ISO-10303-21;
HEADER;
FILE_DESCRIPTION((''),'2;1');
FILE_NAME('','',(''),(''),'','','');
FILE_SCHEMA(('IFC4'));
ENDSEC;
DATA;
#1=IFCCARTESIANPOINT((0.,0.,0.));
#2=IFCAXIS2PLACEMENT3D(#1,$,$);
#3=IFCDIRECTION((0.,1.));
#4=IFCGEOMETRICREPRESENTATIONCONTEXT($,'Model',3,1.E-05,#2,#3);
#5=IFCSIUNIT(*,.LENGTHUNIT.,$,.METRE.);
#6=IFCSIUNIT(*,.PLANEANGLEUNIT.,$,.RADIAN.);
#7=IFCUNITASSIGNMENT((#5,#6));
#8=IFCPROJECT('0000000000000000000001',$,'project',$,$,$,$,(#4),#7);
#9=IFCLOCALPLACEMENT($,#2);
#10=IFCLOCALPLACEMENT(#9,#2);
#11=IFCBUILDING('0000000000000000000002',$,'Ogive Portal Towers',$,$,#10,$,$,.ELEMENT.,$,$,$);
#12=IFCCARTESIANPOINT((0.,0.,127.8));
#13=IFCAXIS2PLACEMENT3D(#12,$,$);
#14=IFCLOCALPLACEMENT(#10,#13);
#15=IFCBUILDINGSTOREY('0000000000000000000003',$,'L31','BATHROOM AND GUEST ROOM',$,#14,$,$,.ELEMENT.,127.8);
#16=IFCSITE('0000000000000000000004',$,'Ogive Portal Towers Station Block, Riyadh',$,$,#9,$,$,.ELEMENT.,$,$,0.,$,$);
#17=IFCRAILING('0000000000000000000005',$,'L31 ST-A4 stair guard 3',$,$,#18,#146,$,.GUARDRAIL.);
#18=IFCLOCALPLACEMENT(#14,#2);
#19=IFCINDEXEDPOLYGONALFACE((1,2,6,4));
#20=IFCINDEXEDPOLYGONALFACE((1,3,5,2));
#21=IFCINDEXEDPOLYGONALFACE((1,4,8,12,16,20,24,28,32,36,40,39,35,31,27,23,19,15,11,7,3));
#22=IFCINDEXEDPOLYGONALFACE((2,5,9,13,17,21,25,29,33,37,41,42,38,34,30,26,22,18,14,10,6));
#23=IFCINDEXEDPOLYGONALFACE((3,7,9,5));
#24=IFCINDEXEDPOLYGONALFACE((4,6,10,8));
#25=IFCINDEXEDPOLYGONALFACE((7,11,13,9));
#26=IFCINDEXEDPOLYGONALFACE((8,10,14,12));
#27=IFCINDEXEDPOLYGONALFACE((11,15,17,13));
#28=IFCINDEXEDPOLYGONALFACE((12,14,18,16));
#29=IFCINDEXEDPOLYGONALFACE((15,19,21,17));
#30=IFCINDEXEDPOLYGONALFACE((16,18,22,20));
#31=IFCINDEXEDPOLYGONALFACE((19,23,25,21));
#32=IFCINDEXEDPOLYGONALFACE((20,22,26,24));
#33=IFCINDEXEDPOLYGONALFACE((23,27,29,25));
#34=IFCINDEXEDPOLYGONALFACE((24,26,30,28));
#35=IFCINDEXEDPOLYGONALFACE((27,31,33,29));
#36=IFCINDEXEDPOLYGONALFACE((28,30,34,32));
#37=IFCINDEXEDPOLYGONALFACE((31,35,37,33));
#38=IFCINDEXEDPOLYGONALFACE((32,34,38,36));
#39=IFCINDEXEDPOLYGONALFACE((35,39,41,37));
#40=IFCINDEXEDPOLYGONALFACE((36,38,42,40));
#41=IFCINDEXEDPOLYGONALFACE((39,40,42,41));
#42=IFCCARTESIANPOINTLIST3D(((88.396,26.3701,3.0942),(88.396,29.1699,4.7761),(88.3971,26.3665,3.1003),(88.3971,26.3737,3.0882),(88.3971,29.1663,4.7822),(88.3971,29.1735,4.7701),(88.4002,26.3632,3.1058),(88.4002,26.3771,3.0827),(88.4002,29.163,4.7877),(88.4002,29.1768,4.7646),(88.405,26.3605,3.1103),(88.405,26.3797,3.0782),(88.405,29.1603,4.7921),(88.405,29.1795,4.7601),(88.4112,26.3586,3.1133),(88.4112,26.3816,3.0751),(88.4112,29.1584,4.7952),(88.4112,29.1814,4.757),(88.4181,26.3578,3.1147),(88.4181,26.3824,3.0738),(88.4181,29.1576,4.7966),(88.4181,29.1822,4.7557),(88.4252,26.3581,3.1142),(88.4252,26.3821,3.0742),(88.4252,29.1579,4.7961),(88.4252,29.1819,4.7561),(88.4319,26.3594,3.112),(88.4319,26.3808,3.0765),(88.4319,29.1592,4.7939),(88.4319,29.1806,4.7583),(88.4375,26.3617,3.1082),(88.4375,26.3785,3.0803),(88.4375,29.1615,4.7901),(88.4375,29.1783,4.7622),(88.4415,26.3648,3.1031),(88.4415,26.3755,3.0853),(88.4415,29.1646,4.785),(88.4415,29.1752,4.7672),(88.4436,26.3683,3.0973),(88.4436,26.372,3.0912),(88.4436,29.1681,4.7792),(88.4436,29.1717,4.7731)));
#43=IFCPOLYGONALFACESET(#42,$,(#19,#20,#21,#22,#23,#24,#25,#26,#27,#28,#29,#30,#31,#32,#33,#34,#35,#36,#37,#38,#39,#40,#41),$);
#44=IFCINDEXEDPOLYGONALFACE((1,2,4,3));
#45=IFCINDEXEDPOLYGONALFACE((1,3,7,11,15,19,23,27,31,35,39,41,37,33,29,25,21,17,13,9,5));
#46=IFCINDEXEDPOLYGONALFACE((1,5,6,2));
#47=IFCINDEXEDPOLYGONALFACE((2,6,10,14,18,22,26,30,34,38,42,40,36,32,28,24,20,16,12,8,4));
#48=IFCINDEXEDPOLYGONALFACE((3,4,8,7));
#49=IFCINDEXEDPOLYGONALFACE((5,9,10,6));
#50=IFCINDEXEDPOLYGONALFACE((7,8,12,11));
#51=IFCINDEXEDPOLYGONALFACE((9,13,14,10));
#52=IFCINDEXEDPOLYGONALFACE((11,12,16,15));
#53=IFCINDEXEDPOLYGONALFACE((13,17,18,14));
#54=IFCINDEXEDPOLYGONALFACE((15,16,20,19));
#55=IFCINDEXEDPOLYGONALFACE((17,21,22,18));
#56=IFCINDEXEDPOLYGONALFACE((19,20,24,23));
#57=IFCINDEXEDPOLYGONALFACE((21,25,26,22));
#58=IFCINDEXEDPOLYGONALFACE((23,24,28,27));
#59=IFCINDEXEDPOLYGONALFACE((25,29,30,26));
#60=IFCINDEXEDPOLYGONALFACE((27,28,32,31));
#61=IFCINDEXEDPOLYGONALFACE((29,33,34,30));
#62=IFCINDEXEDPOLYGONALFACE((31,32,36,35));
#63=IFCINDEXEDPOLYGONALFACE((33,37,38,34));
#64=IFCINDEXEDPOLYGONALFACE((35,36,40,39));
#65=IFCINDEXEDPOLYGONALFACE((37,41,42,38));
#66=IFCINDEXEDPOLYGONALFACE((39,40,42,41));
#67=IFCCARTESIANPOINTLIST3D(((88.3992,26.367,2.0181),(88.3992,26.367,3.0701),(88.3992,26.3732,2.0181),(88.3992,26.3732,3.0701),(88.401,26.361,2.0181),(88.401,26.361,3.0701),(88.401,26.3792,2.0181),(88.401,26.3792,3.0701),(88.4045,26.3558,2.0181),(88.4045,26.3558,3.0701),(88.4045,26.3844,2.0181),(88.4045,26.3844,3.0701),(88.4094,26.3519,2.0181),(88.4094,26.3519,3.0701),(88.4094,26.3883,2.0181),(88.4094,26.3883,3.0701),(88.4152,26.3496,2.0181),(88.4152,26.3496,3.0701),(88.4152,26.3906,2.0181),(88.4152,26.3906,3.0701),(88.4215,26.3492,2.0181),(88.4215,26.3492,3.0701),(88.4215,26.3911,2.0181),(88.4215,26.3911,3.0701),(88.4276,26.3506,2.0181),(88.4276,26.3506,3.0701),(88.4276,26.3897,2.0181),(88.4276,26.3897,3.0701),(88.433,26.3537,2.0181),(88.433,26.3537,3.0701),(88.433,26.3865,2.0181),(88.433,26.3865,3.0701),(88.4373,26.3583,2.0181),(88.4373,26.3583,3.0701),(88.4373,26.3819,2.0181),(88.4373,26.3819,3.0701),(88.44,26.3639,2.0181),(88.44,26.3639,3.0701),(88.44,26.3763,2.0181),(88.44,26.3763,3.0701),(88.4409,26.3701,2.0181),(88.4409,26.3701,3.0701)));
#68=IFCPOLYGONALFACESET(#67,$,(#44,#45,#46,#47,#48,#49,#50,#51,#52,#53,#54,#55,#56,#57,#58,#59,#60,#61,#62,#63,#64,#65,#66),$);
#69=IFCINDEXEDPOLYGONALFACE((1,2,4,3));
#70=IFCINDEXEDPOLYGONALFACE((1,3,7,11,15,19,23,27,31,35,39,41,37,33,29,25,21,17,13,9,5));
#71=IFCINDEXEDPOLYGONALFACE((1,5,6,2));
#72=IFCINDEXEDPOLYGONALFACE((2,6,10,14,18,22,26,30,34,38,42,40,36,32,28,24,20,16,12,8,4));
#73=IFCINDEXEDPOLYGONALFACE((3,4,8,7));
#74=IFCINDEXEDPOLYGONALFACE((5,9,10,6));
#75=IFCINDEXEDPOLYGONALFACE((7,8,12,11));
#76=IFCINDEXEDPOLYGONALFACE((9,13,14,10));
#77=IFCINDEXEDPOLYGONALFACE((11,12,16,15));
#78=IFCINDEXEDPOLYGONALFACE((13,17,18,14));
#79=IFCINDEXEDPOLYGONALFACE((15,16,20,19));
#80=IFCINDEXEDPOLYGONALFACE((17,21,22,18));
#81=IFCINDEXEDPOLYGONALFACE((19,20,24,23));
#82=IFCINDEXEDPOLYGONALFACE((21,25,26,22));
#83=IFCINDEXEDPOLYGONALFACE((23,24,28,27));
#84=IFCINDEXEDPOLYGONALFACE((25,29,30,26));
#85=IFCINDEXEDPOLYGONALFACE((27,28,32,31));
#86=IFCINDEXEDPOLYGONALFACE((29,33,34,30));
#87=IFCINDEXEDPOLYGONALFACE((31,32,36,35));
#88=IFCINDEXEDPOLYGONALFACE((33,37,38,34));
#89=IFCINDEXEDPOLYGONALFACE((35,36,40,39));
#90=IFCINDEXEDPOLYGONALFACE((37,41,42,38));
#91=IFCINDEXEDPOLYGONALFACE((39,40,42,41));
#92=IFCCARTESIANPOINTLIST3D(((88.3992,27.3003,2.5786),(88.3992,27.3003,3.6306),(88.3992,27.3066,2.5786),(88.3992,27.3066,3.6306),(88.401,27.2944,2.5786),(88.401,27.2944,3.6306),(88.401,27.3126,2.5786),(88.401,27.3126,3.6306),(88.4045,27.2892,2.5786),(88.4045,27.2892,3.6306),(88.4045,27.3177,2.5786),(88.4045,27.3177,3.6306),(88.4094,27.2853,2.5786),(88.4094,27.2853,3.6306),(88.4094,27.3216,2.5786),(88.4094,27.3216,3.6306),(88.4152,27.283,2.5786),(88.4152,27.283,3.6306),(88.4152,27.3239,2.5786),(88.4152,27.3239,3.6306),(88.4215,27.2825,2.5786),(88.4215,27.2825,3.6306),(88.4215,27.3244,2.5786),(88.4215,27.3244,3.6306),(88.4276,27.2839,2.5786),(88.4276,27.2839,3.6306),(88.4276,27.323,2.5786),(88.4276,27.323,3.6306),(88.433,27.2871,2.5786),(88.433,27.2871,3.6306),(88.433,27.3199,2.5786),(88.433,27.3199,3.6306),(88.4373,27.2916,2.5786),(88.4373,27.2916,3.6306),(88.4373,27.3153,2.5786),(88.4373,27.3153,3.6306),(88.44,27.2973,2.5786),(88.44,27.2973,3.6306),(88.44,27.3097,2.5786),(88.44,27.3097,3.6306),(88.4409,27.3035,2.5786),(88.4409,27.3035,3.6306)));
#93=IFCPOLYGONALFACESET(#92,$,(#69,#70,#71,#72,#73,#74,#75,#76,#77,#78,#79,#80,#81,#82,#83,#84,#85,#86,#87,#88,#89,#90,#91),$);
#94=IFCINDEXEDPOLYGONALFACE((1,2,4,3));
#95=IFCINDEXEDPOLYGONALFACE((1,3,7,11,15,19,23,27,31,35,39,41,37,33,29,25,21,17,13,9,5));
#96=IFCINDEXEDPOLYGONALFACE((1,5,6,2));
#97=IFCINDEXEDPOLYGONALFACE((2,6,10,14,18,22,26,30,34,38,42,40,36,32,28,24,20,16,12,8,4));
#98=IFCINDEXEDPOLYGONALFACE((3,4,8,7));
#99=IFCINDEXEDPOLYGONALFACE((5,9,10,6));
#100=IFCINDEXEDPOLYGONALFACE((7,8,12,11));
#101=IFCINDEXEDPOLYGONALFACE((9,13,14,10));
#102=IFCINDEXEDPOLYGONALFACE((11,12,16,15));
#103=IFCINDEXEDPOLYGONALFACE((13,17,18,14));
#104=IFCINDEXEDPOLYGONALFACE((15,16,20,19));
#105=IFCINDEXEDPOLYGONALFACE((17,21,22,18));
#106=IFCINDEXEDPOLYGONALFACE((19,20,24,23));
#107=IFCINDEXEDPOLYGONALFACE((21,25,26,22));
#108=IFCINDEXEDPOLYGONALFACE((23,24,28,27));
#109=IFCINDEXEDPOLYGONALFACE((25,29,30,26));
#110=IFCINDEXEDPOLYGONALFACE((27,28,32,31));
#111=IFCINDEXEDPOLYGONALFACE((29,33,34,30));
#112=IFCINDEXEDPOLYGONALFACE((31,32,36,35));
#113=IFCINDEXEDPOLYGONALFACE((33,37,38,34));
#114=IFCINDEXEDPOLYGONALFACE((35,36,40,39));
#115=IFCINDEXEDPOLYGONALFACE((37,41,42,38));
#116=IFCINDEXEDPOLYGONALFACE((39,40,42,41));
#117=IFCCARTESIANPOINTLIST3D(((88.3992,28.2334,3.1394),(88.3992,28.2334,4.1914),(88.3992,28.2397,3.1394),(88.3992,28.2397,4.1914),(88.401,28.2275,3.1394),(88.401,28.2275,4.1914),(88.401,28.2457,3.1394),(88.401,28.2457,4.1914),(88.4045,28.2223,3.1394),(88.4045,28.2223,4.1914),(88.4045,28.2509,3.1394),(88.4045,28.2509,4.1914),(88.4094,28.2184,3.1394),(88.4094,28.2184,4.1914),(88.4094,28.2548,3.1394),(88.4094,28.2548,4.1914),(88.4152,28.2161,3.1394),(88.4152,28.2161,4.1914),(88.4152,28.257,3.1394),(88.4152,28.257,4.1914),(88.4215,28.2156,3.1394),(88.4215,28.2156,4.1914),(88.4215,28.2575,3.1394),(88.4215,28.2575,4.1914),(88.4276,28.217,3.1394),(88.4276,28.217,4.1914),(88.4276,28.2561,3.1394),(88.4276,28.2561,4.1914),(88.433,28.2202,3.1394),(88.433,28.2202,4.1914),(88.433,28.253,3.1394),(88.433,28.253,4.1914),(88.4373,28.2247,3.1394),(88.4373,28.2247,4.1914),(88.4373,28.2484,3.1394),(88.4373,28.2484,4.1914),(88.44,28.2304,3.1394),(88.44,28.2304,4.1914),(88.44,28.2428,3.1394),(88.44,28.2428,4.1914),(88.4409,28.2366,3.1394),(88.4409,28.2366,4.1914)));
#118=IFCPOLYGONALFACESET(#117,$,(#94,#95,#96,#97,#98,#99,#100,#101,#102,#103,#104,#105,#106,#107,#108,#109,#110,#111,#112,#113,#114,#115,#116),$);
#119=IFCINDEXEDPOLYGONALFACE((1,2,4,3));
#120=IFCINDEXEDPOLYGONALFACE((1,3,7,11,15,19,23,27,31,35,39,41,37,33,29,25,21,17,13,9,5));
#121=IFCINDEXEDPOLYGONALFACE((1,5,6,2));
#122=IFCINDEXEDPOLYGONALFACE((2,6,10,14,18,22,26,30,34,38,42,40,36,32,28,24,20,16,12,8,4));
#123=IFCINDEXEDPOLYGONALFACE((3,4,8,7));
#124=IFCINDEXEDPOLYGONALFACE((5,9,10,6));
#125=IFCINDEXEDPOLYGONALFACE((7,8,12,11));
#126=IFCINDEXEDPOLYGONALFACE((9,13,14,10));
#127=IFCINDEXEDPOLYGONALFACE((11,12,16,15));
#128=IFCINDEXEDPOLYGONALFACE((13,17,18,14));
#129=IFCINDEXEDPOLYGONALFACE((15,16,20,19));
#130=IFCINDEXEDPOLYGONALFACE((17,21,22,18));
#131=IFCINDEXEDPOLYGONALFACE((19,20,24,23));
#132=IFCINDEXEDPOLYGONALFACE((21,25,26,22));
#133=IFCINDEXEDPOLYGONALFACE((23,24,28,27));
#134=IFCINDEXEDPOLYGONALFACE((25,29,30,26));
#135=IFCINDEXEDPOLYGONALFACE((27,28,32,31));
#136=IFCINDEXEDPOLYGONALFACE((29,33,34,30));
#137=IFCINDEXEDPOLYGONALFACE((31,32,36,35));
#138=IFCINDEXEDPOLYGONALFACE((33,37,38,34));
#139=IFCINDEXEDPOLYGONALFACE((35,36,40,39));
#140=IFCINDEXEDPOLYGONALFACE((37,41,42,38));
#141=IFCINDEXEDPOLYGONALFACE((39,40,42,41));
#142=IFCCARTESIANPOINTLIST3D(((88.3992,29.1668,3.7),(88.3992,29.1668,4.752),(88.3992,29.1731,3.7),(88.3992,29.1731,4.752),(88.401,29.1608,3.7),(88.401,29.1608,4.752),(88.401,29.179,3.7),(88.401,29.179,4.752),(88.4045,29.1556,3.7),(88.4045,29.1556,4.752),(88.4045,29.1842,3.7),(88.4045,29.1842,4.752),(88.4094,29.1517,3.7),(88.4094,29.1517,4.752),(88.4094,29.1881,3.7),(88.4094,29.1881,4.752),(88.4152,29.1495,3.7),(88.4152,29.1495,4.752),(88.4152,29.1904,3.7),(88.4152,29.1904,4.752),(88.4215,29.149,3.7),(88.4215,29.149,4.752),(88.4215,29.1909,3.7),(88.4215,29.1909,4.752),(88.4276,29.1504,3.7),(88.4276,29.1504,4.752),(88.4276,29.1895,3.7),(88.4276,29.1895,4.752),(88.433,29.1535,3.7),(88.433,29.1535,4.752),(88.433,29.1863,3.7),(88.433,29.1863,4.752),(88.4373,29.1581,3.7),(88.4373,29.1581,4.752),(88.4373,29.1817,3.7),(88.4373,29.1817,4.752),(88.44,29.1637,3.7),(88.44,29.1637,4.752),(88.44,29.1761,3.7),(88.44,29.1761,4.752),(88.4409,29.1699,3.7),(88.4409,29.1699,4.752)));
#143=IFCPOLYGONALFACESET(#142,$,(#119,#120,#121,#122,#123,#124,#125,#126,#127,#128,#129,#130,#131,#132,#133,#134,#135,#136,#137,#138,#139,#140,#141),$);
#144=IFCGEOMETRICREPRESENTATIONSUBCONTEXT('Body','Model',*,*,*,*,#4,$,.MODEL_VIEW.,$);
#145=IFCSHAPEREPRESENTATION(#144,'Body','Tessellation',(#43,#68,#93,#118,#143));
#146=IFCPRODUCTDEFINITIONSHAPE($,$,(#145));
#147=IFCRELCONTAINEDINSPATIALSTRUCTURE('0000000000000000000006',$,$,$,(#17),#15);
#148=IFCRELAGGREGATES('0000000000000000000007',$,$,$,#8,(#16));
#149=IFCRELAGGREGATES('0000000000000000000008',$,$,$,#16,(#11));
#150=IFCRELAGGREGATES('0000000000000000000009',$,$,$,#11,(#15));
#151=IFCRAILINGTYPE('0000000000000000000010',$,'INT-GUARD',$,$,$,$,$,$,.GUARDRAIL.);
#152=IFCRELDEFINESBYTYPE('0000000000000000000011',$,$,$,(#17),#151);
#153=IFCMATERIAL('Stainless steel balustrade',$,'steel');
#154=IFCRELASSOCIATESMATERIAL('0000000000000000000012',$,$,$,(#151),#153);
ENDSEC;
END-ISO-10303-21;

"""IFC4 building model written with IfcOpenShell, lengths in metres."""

from ifc_helpers import new_model, si_unit, direction, frame, origin, origin_2d, place, context, subcontext, project, spatial, circle, extrude, material, type_object, element, save


model = new_model("IFC4")

# Units and contexts
model_context = context("Model", 3, precision=1e-05, world=origin(), true_north=direction((0.0, 1.0)))
body_context = subcontext(model_context, "Body", "Model", "MODEL_VIEW")
ifc_project = project(units=[si_unit("LENGTHUNIT", "METRE"), si_unit("PLANEANGLEUNIT", "RADIAN")], contexts=[model_context])

# Site, building, storey
site_placement = place(None, origin())
site = spatial("IfcSite", under=ifc_project, at=site_placement, Name="Ogive Portal Towers Station Block, Riyadh", CompositionType="ELEMENT", RefElevation=0.0)
building_placement = place(site_placement, origin())
building = spatial("IfcBuilding", under=site, at=building_placement, Name="Ogive Portal Towers", CompositionType="ELEMENT")
storey_placement = place(building_placement, frame((0.0, 0.0, 127.8)))
storey = spatial("IfcBuildingStorey", under=building, at=storey_placement, Name="L31", Description="BATHROOM AND GUEST ROOM", CompositionType="ELEMENT", Elevation=127.8)

# Railing
ifc_material_1 = material(Name="Stainless steel balustrade", Category="steel")
railing_type_1 = type_object("IfcRailingType", Name="INT-GUARD", PredefinedType="GUARDRAIL", material=ifc_material_1)
railing_1_placement = place(storey_placement, frame((88.4199, 26.3701, 2.0181)))
element("IfcRailing", 1, at=railing_1_placement, inside=storey, type_object=railing_type_1, Name="L31 ST-A4 stair guard 3", PredefinedType="GUARDRAIL", context=body_context, shape_type="SweptSolid", body=[
    extrude(circle(Radius=0.0239, at=origin_2d()), frame((0.0, 0.0, 1.0762), z_axis=(0.0, 0.857222, 0.514946), x_axis=(-1.0, 0.0, 0.0)), (0.0, 0.0, 1.0), 3.2661),
    extrude(circle(Radius=0.021, at=origin_2d()), origin(), (0.0, 0.0, 1.0), 1.052),
    extrude(circle(Radius=0.021, at=origin_2d()), frame((0.0, 0.9333, 0.5605)), (0.0, 0.0, 1.0), 1.052),
    extrude(circle(Radius=0.021, at=origin_2d()), frame((0.0, 1.8665, 1.1213)), (0.0, 0.0, 1.0), 1.052),
    extrude(circle(Radius=0.021, at=origin_2d()), frame((0.0, 2.7998, 1.6819)), (0.0, 0.0, 1.0), 1.052),
])

save(model, "model.ifc")
